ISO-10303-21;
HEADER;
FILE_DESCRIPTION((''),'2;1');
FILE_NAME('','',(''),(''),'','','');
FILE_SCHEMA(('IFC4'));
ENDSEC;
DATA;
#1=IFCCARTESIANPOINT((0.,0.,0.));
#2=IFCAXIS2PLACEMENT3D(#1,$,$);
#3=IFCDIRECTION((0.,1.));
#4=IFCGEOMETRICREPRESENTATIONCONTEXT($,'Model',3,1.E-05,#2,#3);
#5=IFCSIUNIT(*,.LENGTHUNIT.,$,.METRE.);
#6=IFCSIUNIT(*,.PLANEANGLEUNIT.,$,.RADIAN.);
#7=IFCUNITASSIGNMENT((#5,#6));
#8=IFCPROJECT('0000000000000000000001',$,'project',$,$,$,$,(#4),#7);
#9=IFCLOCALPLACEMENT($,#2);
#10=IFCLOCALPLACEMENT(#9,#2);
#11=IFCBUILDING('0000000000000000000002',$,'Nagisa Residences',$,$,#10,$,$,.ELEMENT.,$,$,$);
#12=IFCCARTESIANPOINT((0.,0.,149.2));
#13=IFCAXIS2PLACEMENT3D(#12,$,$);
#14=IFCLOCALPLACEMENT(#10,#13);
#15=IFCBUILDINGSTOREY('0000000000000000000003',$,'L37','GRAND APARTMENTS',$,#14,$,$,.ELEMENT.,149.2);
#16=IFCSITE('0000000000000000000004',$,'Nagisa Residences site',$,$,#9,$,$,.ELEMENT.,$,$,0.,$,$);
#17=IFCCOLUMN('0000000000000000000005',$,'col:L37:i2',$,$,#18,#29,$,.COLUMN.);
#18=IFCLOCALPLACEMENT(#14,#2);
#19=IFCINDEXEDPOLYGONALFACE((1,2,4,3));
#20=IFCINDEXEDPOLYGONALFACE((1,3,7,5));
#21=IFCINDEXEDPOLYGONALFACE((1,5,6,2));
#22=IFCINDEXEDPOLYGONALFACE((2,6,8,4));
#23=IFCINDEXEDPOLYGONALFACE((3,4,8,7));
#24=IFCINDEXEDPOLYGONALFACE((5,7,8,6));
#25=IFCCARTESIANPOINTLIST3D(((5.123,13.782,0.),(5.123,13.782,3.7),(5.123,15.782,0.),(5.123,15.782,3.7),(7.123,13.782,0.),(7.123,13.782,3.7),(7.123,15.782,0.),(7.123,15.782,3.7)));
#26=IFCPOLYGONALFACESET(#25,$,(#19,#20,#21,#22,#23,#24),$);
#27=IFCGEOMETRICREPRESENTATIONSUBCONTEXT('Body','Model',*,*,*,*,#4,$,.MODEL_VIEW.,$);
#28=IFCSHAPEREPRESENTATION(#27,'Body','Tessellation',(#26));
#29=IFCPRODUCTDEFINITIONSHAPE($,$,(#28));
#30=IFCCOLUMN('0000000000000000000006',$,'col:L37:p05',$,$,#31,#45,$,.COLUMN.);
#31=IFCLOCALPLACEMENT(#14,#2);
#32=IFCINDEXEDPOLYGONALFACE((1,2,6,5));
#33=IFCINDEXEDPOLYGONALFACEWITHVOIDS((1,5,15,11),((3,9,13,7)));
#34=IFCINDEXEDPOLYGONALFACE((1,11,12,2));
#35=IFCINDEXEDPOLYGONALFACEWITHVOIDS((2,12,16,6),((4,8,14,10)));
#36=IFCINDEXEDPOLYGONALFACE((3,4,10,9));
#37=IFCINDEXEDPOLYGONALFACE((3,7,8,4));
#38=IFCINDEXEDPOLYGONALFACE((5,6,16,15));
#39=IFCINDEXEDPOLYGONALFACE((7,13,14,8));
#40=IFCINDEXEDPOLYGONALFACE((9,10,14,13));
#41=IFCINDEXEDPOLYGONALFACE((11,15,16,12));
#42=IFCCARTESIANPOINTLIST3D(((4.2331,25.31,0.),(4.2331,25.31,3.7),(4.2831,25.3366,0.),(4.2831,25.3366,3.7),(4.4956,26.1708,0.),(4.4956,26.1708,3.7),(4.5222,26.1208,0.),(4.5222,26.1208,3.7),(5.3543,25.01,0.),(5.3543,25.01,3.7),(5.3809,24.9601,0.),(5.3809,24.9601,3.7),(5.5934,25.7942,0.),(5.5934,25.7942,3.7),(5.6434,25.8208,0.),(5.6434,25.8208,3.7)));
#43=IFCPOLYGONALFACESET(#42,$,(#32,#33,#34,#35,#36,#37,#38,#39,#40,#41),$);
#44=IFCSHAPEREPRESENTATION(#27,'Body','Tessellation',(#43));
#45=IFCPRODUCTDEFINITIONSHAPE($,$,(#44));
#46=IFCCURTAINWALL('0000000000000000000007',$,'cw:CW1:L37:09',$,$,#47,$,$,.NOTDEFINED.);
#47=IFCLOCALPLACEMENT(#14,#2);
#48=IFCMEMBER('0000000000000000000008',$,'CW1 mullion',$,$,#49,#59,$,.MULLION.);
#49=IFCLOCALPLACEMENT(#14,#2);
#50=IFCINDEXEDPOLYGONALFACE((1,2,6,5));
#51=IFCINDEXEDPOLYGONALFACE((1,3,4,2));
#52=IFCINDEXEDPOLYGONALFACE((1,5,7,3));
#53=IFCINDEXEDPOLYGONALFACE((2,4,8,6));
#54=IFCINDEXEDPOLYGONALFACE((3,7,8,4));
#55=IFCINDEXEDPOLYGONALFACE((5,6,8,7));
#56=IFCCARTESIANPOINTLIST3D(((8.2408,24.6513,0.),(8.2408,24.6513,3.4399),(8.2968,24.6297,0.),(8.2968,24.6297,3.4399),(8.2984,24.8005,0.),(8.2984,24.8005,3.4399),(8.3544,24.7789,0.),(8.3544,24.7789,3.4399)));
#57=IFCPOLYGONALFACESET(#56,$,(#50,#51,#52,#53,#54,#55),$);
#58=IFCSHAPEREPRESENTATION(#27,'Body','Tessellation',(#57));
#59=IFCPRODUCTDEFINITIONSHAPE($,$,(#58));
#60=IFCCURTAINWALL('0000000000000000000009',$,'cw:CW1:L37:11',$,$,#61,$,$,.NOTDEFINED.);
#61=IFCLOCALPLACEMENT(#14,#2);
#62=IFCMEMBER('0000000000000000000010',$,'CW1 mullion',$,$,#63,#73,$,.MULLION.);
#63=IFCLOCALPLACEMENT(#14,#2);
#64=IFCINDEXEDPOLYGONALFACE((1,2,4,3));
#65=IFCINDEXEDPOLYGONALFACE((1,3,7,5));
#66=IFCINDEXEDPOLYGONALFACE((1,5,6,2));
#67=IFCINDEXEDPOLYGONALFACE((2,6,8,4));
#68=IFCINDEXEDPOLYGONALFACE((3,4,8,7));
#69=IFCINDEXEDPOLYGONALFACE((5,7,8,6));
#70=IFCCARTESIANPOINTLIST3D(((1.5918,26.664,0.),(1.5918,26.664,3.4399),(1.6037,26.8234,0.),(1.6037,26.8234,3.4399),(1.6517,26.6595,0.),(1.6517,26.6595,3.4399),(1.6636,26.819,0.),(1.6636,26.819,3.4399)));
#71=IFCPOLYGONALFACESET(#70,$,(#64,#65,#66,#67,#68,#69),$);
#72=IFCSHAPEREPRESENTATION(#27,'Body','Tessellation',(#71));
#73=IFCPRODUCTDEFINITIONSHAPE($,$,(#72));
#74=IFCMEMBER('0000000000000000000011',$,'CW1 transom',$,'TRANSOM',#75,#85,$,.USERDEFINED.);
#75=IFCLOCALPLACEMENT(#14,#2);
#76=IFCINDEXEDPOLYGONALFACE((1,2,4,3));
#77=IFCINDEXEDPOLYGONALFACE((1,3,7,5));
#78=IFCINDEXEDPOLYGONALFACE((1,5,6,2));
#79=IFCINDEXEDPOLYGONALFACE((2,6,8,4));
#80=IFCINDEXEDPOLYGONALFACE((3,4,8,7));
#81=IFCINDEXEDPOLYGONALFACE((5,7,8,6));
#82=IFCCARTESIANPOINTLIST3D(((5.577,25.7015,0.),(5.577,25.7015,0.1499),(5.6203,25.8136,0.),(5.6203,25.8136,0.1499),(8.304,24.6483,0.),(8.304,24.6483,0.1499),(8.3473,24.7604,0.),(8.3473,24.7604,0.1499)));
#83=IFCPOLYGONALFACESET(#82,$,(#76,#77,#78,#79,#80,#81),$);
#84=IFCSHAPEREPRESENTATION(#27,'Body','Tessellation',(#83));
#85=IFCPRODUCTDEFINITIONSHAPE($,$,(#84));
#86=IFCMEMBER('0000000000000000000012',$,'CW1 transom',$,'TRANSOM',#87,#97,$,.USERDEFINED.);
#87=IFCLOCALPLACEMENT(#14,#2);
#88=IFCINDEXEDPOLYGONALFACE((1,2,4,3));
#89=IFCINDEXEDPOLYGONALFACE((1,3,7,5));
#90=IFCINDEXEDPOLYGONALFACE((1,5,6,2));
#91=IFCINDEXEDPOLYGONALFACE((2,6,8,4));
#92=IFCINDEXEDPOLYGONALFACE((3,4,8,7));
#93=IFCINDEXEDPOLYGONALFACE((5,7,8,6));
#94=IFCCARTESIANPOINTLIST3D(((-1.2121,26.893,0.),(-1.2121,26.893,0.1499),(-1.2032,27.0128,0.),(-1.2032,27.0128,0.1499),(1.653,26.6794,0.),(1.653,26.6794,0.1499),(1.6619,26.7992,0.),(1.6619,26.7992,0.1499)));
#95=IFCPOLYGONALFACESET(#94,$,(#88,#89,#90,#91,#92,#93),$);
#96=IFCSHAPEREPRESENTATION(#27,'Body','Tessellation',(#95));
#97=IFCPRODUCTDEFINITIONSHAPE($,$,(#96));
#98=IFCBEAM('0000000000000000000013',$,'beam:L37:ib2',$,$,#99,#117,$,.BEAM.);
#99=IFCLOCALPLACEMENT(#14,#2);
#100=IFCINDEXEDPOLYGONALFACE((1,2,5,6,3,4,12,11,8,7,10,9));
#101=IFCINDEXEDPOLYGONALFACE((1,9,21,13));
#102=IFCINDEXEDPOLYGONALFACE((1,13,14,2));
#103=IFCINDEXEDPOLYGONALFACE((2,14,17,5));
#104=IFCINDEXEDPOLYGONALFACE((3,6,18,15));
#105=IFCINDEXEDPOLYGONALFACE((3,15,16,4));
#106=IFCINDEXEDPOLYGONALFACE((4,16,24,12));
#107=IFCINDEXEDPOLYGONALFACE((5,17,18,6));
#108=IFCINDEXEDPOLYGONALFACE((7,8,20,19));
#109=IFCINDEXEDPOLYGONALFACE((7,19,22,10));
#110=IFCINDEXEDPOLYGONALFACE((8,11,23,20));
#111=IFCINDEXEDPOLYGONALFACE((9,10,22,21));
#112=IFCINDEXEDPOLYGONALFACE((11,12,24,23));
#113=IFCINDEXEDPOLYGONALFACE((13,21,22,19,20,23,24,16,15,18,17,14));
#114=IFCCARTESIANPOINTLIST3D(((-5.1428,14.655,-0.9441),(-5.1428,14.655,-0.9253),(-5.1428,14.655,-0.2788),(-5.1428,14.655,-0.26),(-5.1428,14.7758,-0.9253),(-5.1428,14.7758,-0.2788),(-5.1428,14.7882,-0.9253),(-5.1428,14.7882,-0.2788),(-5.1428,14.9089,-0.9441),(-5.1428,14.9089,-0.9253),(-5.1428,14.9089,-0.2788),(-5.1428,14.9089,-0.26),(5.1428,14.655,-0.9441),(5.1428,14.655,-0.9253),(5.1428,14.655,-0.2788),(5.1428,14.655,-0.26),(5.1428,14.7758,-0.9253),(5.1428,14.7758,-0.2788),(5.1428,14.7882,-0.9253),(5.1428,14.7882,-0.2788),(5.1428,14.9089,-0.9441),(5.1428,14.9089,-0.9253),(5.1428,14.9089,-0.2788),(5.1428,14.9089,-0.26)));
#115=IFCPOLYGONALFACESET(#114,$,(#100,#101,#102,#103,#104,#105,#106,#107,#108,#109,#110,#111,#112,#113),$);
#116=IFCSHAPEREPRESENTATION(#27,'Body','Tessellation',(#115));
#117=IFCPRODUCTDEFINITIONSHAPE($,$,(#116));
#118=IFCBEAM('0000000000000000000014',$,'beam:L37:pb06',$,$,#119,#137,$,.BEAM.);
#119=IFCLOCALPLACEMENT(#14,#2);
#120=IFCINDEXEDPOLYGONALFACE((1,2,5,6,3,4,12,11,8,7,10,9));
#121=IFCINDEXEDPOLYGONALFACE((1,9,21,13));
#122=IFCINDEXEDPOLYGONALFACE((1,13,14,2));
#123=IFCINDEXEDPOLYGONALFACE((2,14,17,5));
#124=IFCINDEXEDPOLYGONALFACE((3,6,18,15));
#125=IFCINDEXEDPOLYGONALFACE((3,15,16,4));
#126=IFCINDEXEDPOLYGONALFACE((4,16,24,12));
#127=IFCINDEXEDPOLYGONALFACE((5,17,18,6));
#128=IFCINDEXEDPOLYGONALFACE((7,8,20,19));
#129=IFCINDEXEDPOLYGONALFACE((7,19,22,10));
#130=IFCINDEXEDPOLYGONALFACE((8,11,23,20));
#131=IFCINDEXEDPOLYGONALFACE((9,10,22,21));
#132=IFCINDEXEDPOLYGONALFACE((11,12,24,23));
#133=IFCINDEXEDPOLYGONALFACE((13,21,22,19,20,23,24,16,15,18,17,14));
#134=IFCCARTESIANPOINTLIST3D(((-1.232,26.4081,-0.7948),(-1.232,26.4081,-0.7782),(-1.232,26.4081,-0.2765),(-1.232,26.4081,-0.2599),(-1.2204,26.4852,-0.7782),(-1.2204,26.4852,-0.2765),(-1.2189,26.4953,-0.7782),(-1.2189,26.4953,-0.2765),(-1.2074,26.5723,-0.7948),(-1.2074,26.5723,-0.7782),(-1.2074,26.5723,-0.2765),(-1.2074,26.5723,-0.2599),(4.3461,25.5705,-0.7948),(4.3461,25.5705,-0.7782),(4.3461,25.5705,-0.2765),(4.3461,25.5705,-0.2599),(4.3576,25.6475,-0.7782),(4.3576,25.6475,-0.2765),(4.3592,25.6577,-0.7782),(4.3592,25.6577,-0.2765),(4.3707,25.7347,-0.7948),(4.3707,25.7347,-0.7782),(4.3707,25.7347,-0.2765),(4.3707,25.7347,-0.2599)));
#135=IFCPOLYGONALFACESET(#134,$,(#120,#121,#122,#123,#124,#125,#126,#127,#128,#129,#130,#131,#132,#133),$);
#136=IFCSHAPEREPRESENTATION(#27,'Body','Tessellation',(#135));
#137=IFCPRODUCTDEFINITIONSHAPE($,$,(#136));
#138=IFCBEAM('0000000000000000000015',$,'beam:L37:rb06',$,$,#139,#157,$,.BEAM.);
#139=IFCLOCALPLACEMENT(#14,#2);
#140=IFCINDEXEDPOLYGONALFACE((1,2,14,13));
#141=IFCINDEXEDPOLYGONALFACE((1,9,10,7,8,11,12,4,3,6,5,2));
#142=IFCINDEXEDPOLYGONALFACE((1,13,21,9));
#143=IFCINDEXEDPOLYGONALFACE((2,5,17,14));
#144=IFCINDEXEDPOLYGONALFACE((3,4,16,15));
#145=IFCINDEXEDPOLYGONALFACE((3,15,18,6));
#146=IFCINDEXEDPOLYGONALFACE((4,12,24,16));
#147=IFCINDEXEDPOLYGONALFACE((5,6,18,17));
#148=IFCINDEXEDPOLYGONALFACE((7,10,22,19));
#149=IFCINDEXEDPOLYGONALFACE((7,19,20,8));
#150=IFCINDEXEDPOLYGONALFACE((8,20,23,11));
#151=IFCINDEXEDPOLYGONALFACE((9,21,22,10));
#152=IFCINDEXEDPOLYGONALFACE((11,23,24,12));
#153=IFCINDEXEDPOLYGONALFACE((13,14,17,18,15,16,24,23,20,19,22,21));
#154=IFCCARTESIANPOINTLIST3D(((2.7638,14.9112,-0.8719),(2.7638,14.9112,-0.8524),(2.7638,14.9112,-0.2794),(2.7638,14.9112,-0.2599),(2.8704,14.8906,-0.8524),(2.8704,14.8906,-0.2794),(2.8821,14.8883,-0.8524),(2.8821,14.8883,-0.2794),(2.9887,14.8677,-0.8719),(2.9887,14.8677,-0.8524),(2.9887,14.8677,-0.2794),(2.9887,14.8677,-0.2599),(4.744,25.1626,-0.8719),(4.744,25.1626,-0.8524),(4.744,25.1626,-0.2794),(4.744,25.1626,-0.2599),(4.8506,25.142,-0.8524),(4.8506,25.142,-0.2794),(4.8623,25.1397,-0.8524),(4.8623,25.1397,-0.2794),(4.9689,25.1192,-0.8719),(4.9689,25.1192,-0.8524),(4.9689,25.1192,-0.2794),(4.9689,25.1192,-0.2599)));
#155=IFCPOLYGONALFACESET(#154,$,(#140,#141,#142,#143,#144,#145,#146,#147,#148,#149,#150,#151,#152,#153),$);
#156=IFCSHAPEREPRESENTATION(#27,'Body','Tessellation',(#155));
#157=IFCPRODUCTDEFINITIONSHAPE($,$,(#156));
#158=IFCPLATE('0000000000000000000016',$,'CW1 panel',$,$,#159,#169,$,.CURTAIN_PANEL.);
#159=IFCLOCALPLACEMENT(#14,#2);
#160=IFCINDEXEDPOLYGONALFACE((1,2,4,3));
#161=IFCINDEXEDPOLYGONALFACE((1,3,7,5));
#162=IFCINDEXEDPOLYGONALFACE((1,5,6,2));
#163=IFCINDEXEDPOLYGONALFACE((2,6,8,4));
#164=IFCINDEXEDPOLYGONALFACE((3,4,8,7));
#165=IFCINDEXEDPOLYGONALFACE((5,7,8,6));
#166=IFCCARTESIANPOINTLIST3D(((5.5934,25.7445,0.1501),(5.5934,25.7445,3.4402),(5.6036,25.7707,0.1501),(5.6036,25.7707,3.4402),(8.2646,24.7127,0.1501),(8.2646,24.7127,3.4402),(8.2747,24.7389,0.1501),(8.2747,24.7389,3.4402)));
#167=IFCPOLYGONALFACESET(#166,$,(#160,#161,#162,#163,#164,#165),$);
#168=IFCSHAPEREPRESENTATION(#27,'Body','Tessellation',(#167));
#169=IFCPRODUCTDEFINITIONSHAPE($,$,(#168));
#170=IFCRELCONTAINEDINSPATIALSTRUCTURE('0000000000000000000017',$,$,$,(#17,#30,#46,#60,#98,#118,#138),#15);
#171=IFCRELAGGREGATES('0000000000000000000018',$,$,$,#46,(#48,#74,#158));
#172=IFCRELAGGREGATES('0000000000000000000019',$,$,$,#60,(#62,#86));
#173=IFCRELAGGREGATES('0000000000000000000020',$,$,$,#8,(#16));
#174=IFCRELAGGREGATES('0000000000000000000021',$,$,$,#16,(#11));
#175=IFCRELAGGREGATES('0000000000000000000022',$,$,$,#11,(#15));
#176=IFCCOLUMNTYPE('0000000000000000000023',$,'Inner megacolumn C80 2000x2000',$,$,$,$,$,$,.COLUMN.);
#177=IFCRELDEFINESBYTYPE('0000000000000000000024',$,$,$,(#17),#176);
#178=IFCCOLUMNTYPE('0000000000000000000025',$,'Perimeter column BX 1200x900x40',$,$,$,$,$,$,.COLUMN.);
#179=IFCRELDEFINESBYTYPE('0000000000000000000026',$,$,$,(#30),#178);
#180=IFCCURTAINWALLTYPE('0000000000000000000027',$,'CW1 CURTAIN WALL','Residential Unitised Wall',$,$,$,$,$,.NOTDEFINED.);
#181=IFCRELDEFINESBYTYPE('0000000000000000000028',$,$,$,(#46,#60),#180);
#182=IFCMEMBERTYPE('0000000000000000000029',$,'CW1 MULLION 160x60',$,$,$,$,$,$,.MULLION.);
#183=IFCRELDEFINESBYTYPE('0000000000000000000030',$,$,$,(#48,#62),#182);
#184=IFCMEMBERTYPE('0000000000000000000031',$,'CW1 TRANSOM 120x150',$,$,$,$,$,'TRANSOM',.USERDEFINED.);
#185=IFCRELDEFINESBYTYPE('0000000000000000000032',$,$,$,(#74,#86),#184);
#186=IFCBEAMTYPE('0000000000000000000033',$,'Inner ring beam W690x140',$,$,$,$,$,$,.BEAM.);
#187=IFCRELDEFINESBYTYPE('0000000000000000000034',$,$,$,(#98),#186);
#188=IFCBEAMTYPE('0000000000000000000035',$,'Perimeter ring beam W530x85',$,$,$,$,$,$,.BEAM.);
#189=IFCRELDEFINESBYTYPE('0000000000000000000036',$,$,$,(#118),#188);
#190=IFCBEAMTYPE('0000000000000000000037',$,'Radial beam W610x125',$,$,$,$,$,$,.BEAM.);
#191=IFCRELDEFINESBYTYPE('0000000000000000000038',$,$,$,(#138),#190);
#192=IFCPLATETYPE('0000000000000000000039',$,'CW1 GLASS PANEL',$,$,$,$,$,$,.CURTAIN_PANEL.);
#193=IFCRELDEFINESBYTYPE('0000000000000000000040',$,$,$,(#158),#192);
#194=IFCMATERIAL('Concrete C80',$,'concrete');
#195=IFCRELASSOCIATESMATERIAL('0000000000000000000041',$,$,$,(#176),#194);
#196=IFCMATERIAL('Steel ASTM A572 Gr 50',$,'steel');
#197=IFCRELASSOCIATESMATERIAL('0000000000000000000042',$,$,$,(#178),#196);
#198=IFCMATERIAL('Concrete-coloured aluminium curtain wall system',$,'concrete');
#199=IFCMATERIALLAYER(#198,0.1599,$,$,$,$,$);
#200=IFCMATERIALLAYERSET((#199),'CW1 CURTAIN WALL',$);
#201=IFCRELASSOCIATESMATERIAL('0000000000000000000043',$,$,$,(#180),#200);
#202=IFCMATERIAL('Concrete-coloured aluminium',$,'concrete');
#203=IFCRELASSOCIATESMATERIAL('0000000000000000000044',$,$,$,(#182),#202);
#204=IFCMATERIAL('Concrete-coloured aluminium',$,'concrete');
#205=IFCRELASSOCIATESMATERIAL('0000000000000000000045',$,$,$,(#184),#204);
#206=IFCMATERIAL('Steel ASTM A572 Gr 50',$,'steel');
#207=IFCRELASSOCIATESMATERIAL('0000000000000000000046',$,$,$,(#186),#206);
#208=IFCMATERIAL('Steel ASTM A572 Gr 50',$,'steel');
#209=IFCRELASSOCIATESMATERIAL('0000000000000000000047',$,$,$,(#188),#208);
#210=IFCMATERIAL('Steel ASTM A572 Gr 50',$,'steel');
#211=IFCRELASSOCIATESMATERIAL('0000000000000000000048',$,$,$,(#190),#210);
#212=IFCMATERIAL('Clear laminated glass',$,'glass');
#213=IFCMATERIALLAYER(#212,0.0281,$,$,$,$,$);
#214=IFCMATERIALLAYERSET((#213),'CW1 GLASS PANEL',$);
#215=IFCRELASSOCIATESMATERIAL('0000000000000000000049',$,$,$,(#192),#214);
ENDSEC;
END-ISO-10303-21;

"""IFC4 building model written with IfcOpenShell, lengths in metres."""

from ifc_helpers import new_model, si_unit, direction, frame, origin, origin_2d, place, context, subcontext, project, spatial, rectangle, hollow_rectangle, i_section, extrude, material, layer, layer_set, material_profile, profile_set, type_object, element, aggregate, save


model = new_model("IFC4")

# Units and contexts
model_context = context("Model", 3, precision=1e-05, world=origin(), true_north=direction((0.0, 1.0)))
body_context = subcontext(model_context, "Body", "Model", "MODEL_VIEW")
ifc_project = project(units=[si_unit("LENGTHUNIT", "METRE"), si_unit("PLANEANGLEUNIT", "RADIAN")], contexts=[model_context])

# Site, building, storey
site_placement = place(None, origin())
site = spatial("IfcSite", under=ifc_project, at=site_placement, Name="Nagisa Residences site", CompositionType="ELEMENT", RefElevation=0.0)
building_placement = place(site_placement, origin())
building = spatial("IfcBuilding", under=site, at=building_placement, Name="Nagisa Residences", CompositionType="ELEMENT")
storey_placement = place(building_placement, frame((0.0, 0.0, 149.2)))
storey = spatial("IfcBuildingStorey", under=building, at=storey_placement, Name="L37", Description="GRAND APARTMENTS", CompositionType="ELEMENT", Elevation=149.2)

# Columns
ifc_material_1 = material(Name="Concrete C80", Category="concrete")
ifc_material_profile_1 = material_profile(ifc_material_1, rectangle(XDim=2.0, YDim=2.0, at=origin_2d()), Name="C80 2000x2000")
ifc_profile_set_1 = profile_set([ifc_material_profile_1], Name="Concrete C80")
column_type_1 = type_object("IfcColumnType", Name="Inner megacolumn C80 2000x2000", PredefinedType="COLUMN", material=ifc_profile_set_1)
column_1_placement = place(storey_placement, frame((6.123, 14.782, 0.0), z_axis=(0.0, 0.0, 1.0), x_axis=(1.0, 0.0, 0.0)))
element("IfcColumn", 1, at=column_1_placement, inside=storey, type_object=column_type_1, Name="col:L37:i2", PredefinedType="COLUMN", context=body_context, shape_type="SweptSolid", body=[
    extrude(rectangle(XDim=2.0, YDim=2.0, at=origin_2d()), origin(), (0.0, 0.0, 1.0), 3.7),
])
ifc_material_2 = material(Name="Steel ASTM A572 Gr 50", Category="steel")
ifc_material_profile_2 = material_profile(ifc_material_2, hollow_rectangle(XDim=1.2, YDim=0.8999, WallThickness=0.04, at=origin_2d()), Name="BX 1200x900x40")
ifc_profile_set_2 = profile_set([ifc_material_profile_2], Name="Steel ASTM A572 Gr 50")
column_type_2 = type_object("IfcColumnType", Name="Perimeter column BX 1200x900x40", PredefinedType="COLUMN", material=ifc_profile_set_2)
column_2_placement = place(storey_placement, frame((4.9382, 25.5654, 0.0), z_axis=(0.0, 0.0, 1.0), x_axis=(-0.956525, 0.291652, 0.0)))
element("IfcColumn", 2, at=column_2_placement, inside=storey, type_object=column_type_2, Name="col:L37:p05", PredefinedType="COLUMN", context=body_context, shape_type="SweptSolid", body=[
    extrude(hollow_rectangle(XDim=1.2, YDim=0.8999, WallThickness=0.04, at=origin_2d()), origin(), (0.0, 0.0, 1.0), 3.7),
])

# Curtain walls, members
ifc_material_3 = material(Name="Concrete-coloured aluminium curtain wall system", Category="concrete")
ifc_layer_1 = layer(ifc_material_3, 0.1599)
ifc_layer_set_1 = layer_set([ifc_layer_1], Name="CW1 CURTAIN WALL")
curtain_wall_type = type_object("IfcCurtainWallType", Name="CW1 CURTAIN WALL", Description="Residential Unitised Wall", PredefinedType="NOTDEFINED", material=ifc_layer_set_1)
curtain_wall_1_placement = place(storey_placement, origin())
curtain_wall_1 = element("IfcCurtainWall", 3, at=curtain_wall_1_placement, inside=storey, type_object=curtain_wall_type, Name="cw:CW1:L37:09", PredefinedType="NOTDEFINED")
ifc_material_4 = material(Name="Concrete-coloured aluminium", Category="concrete")
ifc_material_profile_3 = material_profile(ifc_material_4, rectangle(XDim=0.1599, YDim=0.0601, at=origin_2d()), Name="CW1 MULLION 160x60")
ifc_profile_set_3 = profile_set([ifc_material_profile_3], Name="Concrete-coloured aluminium")
member_type_1 = type_object("IfcMemberType", Name="CW1 MULLION 160x60", PredefinedType="MULLION", material=ifc_profile_set_3)
member_1_placement = place(storey_placement, frame((8.2976, 24.7151, 0.0), z_axis=(0.0, 0.0, 1.0), x_axis=(-0.360328, -0.932826, 0.0)))
member_1 = element("IfcMember", 4, at=member_1_placement, type_object=member_type_1, Name="CW1 mullion", PredefinedType="MULLION", context=body_context, shape_type="SweptSolid", body=[
    extrude(rectangle(XDim=0.1599, YDim=0.0601, at=origin_2d()), origin(), (0.0, 0.0, 1.0), 3.4399),
])
curtain_wall_2_placement = place(storey_placement, origin())
curtain_wall_2 = element("IfcCurtainWall", 5, at=curtain_wall_2_placement, inside=storey, type_object=curtain_wall_type, Name="cw:CW1:L37:11", PredefinedType="NOTDEFINED")
member_2_placement = place(storey_placement, frame((1.6277, 26.7415, 0.0), z_axis=(0.0, 0.0, 1.0), x_axis=(-0.074377, -0.99723, 0.0)))
member_2 = element("IfcMember", 6, at=member_2_placement, type_object=member_type_1, Name="CW1 mullion", PredefinedType="MULLION", context=body_context, shape_type="SweptSolid", body=[
    extrude(rectangle(XDim=0.1599, YDim=0.0601, at=origin_2d()), origin(), (0.0, 0.0, 1.0), 3.4399),
])

# Members
ifc_material_5 = material(Name="Concrete-coloured aluminium", Category="concrete")
ifc_material_profile_4 = material_profile(ifc_material_5, rectangle(XDim=0.1201, YDim=0.1499, at=origin_2d()), Name="CW1 TRANSOM 120x150")
ifc_profile_set_4 = profile_set([ifc_material_profile_4], Name="Concrete-coloured aluminium")
member_type_2 = type_object("IfcMemberType", Name="CW1 TRANSOM 120x150", ElementType="TRANSOM", PredefinedType="USERDEFINED", material=ifc_profile_set_4)
member_3_placement = place(storey_placement, frame((8.3257, 24.7043, 0.075), z_axis=(-0.932845, 0.360277, 0.0), x_axis=(-0.360277, -0.932845, 0.0)))
member_3 = element("IfcMember", 7, at=member_3_placement, type_object=member_type_2, Name="CW1 transom", ObjectType="TRANSOM", PredefinedType="USERDEFINED", context=body_context, shape_type="SweptSolid", body=[
    extrude(rectangle(XDim=0.1201, YDim=0.1499, at=origin_2d()), origin(), (0.0, 0.0, 1.0), 2.9233),
])
member_4_placement = place(storey_placement, frame((1.6575, 26.7393, 0.075), z_axis=(-0.997232, 0.074357, 0.0), x_axis=(-0.074357, -0.997232, 0.0)))
member_4 = element("IfcMember", 8, at=member_4_placement, type_object=member_type_2, Name="CW1 transom", ObjectType="TRANSOM", PredefinedType="USERDEFINED", context=body_context, shape_type="SweptSolid", body=[
    extrude(rectangle(XDim=0.1201, YDim=0.1499, at=origin_2d()), origin(), (0.0, 0.0, 1.0), 2.873),
])

# Beams
ifc_material_6 = material(Name="Steel ASTM A572 Gr 50", Category="steel")
ifc_material_profile_5 = material_profile(ifc_material_6, i_section(OverallWidth=0.2539, OverallDepth=0.6841, WebThickness=0.0125, FlangeThickness=0.0188, at=origin_2d()), Name="W690x140")
ifc_profile_set_5 = profile_set([ifc_material_profile_5], Name="Steel ASTM A572 Gr 50")
beam_type_1 = type_object("IfcBeamType", Name="Inner ring beam W690x140", PredefinedType="BEAM", material=ifc_profile_set_5)
beam_1_placement = place(storey_placement, frame((5.1428, 14.782, -0.6021), z_axis=(-1.0, 0.0, 0.0), x_axis=(0.0, -1.0, 0.0)))
element("IfcBeam", 9, at=beam_1_placement, inside=storey, type_object=beam_type_1, Name="beam:L37:ib2", PredefinedType="BEAM", context=body_context, shape_type="SweptSolid", body=[
    extrude(i_section(OverallWidth=0.2539, OverallDepth=0.6841, WebThickness=0.0125, FlangeThickness=0.0188, at=origin_2d()), origin(), (0.0, 0.0, 1.0), 10.2856),
])
ifc_material_7 = material(Name="Steel ASTM A572 Gr 50", Category="steel")
ifc_material_profile_6 = material_profile(ifc_material_7, i_section(OverallWidth=0.166, OverallDepth=0.5349, WebThickness=0.0103, FlangeThickness=0.0166, at=origin_2d()), Name="W530x85")
ifc_profile_set_6 = profile_set([ifc_material_profile_6], Name="Steel ASTM A572 Gr 50")
beam_type_2 = type_object("IfcBeamType", Name="Perimeter ring beam W530x85", PredefinedType="BEAM", material=ifc_profile_set_6)
beam_2_placement = place(storey_placement, frame((4.3584, 25.6526, -0.5273), z_axis=(-0.988912, 0.148501, 0.0), x_axis=(-0.148501, -0.988912, 0.0)))
element("IfcBeam", 10, at=beam_2_placement, inside=storey, type_object=beam_type_2, Name="beam:L37:pb06", PredefinedType="BEAM", context=body_context, shape_type="SweptSolid", body=[
    extrude(i_section(OverallWidth=0.166, OverallDepth=0.5349, WebThickness=0.0103, FlangeThickness=0.0166, at=origin_2d()), origin(), (0.0, 0.0, 1.0), 5.6406),
])
ifc_material_8 = material(Name="Steel ASTM A572 Gr 50", Category="steel")
ifc_material_profile_7 = material_profile(ifc_material_8, i_section(OverallWidth=0.229, OverallDepth=0.6121, WebThickness=0.012, FlangeThickness=0.0195, at=origin_2d()), Name="W610x125")
ifc_profile_set_7 = profile_set([ifc_material_profile_7], Name="Steel ASTM A572 Gr 50")
beam_type_3 = type_object("IfcBeamType", Name="Radial beam W610x125", PredefinedType="BEAM", material=ifc_profile_set_7)
beam_3_placement = place(storey_placement, frame((4.8564, 25.1409, -0.5659), z_axis=(-0.189659, -0.98185, 0.0), x_axis=(0.98185, -0.189659, 0.0)))
element("IfcBeam", 11, at=beam_3_placement, inside=storey, type_object=beam_type_3, Name="beam:L37:rb06", PredefinedType="BEAM", context=body_context, shape_type="SweptSolid", body=[
    extrude(i_section(OverallWidth=0.229, OverallDepth=0.6121, WebThickness=0.012, FlangeThickness=0.0195, at=origin_2d()), origin(), (0.0, 0.0, 1.0), 10.4409),
])

# Plate
ifc_material_9 = material(Name="Clear laminated glass", Category="glass")
ifc_layer_2 = layer(ifc_material_9, 0.0281)
ifc_layer_set_2 = layer_set([ifc_layer_2], Name="CW1 GLASS PANEL")
plate_type = type_object("IfcPlateType", Name="CW1 GLASS PANEL", PredefinedType="CURTAIN_PANEL", material=ifc_layer_set_2)
plate_1_placement = place(storey_placement, frame((6.9341, 25.2417, 0.1501), z_axis=(0.0, 0.0, 1.0), x_axis=(-0.932826, 0.360328, 0.0)))
plate_1 = element("IfcPlate", 12, at=plate_1_placement, type_object=plate_type, Name="CW1 panel", PredefinedType="CURTAIN_PANEL", context=body_context, shape_type="SweptSolid", body=[
    extrude(rectangle(XDim=2.8635, YDim=0.0281, at=origin_2d()), origin(), (0.0, 0.0, 1.0), 3.29),
])
aggregate(curtain_wall_1, [member_1, member_3, plate_1])
aggregate(curtain_wall_2, [member_2, member_4])

save(model, "model.ifc")
